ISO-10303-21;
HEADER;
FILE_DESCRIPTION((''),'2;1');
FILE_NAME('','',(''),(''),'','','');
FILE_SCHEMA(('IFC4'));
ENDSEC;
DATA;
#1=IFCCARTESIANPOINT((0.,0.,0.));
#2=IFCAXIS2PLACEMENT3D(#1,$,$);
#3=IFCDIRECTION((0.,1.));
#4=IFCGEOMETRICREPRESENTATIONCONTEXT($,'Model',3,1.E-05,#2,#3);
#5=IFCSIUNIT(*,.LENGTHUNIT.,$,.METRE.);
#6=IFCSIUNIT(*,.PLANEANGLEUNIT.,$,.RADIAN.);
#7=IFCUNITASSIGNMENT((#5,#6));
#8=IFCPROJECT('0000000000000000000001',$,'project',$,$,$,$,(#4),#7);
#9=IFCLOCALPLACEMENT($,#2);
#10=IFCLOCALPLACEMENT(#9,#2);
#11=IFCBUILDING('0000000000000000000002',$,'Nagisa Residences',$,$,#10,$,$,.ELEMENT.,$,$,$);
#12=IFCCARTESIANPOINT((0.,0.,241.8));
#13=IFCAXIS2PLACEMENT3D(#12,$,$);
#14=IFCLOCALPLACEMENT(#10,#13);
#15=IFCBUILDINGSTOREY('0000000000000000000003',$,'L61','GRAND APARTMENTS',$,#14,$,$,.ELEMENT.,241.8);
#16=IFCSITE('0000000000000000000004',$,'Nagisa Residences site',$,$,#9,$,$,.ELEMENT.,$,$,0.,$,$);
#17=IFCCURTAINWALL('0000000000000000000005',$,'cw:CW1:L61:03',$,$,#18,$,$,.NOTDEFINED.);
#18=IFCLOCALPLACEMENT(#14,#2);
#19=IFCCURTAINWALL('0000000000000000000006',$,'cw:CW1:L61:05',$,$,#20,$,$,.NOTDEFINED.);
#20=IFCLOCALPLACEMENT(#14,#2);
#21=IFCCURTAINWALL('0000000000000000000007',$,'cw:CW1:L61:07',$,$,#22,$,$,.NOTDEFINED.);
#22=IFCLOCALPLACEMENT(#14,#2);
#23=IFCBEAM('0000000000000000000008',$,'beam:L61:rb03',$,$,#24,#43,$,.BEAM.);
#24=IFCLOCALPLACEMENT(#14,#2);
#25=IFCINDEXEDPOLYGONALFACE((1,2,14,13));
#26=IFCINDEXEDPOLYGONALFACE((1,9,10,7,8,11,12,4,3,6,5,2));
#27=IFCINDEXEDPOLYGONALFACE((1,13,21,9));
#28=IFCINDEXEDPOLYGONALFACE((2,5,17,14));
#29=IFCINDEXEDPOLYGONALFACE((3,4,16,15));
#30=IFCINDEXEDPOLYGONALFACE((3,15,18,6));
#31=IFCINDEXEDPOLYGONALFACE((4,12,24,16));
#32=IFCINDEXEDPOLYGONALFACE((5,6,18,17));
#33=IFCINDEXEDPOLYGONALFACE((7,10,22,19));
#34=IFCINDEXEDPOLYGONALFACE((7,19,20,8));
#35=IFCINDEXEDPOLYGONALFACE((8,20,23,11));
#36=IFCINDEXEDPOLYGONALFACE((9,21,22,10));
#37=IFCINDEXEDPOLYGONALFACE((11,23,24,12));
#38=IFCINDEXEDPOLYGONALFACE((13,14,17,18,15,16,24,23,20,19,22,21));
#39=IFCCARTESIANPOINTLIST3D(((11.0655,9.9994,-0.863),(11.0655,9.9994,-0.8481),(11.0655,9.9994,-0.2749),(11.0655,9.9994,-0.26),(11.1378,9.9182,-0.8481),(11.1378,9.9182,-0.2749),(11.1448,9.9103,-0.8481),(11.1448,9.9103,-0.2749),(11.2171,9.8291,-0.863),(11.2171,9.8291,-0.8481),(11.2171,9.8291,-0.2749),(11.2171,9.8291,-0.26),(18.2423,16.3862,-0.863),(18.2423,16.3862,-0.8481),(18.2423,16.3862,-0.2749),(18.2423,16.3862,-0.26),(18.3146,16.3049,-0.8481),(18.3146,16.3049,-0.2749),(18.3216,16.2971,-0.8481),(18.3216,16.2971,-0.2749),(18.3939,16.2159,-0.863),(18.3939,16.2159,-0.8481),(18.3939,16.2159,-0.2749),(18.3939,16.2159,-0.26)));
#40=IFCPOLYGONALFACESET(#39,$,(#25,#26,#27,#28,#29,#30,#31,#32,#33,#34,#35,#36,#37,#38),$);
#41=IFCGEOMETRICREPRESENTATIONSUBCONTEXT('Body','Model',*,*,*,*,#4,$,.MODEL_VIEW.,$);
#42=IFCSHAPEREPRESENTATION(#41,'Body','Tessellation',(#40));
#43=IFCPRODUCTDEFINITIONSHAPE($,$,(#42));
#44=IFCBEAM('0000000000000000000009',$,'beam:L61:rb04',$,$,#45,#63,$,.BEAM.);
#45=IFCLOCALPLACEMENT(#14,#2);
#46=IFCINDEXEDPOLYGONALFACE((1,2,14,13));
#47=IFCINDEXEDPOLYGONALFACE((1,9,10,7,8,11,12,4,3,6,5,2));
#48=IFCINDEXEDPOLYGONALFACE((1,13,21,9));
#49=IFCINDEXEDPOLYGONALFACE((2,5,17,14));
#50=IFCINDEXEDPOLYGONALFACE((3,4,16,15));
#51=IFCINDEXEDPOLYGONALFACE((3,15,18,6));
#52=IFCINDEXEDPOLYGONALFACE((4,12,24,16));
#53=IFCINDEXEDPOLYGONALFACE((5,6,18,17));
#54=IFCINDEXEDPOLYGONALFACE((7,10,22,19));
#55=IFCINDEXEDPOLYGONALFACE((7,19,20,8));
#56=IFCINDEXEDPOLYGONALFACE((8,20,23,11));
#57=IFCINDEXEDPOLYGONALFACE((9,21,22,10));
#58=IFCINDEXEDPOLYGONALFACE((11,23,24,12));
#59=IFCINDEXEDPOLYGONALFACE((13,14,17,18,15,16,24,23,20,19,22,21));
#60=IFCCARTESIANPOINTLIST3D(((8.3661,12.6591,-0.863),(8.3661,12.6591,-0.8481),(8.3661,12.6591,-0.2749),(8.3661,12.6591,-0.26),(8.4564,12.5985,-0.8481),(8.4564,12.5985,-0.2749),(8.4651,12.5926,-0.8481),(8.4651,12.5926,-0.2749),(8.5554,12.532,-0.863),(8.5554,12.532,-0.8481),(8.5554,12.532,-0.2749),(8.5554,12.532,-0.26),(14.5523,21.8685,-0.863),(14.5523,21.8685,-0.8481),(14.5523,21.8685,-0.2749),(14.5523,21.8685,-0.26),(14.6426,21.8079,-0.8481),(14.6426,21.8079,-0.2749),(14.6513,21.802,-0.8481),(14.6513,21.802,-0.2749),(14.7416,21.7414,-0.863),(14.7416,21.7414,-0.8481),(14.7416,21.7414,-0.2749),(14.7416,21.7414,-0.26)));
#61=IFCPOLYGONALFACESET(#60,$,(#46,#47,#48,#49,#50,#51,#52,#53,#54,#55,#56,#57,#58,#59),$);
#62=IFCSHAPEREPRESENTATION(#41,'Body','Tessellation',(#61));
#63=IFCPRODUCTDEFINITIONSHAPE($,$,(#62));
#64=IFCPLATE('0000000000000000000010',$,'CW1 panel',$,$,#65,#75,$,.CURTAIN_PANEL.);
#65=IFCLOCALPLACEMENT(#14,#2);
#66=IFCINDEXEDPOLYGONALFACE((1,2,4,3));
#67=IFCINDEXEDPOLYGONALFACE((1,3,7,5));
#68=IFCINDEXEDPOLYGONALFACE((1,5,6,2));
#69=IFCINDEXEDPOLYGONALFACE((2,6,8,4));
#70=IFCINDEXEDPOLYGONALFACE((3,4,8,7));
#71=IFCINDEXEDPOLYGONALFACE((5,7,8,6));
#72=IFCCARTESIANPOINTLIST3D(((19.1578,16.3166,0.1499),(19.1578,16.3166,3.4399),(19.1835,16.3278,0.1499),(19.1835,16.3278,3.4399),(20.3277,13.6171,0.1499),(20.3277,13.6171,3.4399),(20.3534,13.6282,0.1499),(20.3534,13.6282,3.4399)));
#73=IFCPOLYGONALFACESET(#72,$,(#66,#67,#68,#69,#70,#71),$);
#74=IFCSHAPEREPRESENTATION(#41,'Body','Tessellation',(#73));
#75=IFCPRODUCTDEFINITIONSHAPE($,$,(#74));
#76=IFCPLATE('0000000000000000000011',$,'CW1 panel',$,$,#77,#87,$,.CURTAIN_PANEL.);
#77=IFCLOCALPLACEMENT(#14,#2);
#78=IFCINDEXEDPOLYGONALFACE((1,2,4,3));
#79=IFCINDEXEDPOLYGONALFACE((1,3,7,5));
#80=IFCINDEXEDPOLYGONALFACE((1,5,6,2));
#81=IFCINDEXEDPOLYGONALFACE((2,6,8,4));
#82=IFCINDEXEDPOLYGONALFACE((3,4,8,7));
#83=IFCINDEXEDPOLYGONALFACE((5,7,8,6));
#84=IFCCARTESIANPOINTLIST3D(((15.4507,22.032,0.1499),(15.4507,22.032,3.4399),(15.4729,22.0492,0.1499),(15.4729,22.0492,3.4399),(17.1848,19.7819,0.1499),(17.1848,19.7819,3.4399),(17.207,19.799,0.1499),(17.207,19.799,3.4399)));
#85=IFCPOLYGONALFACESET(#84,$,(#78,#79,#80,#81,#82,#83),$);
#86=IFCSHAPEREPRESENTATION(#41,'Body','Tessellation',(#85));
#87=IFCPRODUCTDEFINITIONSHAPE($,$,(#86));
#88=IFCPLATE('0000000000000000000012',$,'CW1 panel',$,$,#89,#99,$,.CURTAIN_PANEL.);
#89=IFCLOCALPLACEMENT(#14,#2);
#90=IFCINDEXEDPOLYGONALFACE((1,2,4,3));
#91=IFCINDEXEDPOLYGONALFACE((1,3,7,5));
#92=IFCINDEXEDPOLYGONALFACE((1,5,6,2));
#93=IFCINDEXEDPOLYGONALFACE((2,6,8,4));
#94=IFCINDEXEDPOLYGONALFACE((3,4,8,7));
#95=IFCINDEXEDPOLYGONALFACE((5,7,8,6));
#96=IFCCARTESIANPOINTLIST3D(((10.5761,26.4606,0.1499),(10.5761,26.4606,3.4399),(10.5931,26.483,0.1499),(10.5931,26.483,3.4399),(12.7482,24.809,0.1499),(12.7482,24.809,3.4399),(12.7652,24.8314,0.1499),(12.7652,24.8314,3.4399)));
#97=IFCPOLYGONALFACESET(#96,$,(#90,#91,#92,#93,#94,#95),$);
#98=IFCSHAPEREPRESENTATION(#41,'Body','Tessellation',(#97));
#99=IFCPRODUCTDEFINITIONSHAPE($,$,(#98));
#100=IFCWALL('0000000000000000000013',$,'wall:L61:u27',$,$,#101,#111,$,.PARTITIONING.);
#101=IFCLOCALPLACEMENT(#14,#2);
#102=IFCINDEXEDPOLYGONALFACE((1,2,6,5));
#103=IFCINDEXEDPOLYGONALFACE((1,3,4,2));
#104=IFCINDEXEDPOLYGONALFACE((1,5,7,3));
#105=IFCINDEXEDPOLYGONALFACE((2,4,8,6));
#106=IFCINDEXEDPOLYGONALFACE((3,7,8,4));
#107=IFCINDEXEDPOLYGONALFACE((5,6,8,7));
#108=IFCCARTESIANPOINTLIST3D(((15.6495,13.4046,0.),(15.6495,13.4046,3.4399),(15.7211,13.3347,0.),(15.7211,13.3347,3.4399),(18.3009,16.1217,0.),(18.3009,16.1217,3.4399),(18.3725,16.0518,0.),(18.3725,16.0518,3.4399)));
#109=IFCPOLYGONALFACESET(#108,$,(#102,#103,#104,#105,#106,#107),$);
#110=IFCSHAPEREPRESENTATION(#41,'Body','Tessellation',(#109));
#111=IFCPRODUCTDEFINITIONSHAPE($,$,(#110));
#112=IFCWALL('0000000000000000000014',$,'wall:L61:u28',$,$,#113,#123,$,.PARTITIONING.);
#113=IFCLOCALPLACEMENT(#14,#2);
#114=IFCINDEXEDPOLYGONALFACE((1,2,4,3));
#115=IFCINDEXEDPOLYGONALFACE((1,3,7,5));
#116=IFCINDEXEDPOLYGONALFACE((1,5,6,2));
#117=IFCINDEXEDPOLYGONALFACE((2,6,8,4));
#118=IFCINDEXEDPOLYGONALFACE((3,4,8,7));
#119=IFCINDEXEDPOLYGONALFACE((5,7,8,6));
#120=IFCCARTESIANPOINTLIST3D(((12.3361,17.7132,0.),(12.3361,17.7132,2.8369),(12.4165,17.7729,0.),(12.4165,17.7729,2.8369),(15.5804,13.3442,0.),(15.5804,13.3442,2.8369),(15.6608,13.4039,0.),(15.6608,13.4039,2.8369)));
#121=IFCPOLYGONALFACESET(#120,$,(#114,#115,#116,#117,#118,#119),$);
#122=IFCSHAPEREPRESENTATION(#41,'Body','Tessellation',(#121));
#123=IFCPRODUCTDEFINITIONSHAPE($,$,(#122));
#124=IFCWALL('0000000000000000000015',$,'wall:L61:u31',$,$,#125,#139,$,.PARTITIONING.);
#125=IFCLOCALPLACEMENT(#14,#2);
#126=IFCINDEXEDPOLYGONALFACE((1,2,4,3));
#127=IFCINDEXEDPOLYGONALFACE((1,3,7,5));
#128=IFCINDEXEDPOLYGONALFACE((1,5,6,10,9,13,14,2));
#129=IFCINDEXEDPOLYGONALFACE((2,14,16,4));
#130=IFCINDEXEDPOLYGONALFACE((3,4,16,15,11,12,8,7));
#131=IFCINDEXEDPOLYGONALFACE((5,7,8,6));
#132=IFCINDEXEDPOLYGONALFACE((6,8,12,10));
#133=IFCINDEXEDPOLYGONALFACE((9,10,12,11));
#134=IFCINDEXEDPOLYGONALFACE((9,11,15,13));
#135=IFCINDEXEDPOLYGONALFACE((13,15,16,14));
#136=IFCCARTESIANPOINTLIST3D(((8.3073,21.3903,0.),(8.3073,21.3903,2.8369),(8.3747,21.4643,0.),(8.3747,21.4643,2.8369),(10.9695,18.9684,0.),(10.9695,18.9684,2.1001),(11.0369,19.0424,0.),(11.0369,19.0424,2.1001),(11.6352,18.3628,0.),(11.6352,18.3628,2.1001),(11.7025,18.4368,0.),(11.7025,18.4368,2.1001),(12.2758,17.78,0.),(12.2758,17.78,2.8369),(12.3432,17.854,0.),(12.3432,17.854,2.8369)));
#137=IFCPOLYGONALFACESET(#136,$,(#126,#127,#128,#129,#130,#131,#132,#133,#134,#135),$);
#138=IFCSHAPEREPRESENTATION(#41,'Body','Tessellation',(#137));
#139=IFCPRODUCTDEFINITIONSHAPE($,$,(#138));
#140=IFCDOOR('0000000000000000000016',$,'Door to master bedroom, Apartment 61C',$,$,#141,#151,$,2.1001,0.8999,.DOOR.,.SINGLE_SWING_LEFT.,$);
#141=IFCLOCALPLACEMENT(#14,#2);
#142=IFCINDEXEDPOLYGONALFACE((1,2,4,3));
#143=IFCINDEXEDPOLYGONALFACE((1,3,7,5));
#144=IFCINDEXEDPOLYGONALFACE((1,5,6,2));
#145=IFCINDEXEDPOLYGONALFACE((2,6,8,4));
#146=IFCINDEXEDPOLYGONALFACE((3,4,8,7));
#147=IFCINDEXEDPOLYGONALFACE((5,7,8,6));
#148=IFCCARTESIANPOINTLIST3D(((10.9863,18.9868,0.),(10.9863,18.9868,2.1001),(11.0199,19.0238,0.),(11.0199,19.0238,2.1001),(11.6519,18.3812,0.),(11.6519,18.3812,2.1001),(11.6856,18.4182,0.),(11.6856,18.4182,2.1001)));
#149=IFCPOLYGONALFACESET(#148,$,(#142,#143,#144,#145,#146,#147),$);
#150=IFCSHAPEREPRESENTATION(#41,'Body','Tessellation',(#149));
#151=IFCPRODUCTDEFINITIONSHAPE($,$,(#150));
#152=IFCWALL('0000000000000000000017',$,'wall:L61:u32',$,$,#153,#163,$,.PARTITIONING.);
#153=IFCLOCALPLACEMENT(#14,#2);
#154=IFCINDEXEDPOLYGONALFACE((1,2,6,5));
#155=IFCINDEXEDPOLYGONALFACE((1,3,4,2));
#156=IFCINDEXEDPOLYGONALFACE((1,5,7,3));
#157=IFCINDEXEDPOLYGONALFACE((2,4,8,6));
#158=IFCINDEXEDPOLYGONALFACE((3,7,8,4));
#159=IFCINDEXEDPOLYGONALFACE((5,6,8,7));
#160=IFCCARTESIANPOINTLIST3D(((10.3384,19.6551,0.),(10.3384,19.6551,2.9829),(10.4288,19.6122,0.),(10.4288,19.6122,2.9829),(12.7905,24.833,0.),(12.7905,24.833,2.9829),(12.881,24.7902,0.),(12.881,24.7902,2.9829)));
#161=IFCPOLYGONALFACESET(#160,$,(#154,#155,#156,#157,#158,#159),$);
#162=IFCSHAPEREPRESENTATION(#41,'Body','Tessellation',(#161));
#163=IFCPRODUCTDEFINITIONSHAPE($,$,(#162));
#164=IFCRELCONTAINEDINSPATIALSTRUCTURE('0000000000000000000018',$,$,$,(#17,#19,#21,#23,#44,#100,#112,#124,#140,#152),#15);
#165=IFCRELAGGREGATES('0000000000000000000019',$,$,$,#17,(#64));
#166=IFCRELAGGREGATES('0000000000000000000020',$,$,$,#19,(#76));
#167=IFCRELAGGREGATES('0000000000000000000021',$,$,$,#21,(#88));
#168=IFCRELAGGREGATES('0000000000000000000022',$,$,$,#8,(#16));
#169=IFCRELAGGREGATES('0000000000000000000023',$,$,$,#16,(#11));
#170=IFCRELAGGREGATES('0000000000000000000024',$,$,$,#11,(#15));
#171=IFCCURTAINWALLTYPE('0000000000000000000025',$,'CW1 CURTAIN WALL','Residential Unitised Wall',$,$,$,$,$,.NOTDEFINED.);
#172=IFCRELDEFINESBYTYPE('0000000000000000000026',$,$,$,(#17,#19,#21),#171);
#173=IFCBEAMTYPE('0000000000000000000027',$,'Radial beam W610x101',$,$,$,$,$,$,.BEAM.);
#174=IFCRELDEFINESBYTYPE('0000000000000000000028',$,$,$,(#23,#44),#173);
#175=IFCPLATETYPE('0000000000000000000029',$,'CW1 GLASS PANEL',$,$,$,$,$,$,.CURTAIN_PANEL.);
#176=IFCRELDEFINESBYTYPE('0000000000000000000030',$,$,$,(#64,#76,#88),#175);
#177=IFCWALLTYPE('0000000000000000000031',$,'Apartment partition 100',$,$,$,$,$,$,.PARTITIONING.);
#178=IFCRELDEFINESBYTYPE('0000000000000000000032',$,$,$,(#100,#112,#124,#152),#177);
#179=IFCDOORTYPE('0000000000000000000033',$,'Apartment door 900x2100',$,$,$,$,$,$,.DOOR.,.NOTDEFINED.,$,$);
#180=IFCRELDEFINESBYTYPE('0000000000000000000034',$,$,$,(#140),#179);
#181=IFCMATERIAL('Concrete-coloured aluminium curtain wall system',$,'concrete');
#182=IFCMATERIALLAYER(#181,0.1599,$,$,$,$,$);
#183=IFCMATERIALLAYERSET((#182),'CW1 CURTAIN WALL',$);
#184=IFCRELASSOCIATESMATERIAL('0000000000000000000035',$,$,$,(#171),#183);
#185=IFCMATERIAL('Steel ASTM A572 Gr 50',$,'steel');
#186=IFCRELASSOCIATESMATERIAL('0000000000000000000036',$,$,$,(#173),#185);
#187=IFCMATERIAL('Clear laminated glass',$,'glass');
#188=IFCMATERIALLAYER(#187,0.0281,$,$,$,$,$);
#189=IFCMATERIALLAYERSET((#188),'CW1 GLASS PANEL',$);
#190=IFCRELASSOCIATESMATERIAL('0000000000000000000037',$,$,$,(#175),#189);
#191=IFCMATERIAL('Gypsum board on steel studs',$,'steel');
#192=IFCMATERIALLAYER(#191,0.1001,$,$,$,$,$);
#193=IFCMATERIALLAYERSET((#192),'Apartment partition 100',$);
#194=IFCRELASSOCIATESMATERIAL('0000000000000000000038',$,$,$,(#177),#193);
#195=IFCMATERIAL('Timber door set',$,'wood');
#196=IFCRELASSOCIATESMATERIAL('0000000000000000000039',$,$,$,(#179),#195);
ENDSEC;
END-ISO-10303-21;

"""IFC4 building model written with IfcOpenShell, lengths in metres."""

from ifc_helpers import new_model, si_unit, direction, frame, frame_2d, origin, origin_2d, place, context, subcontext, project, spatial, rectangle, i_section, extrude, material, layer, layer_set, material_profile, profile_set, type_object, element, fill, aggregate, save


model = new_model("IFC4")

# Units and contexts
model_context = context("Model", 3, precision=1e-05, world=origin(), true_north=direction((0.0, 1.0)))
body_context = subcontext(model_context, "Body", "Model", "MODEL_VIEW")
ifc_project = project(units=[si_unit("LENGTHUNIT", "METRE"), si_unit("PLANEANGLEUNIT", "RADIAN")], contexts=[model_context])

# Site, building, storey
site_placement = place(None, origin())
site = spatial("IfcSite", under=ifc_project, at=site_placement, Name="Nagisa Residences site", CompositionType="ELEMENT", RefElevation=0.0)
building_placement = place(site_placement, origin())
building = spatial("IfcBuilding", under=site, at=building_placement, Name="Nagisa Residences", CompositionType="ELEMENT")
storey_placement = place(building_placement, frame((0.0, 0.0, 241.8)))
storey = spatial("IfcBuildingStorey", under=building, at=storey_placement, Name="L61", Description="GRAND APARTMENTS", CompositionType="ELEMENT", Elevation=241.8)

# Curtain walls
ifc_material_1 = material(Name="Concrete-coloured aluminium curtain wall system", Category="concrete")
ifc_layer_1 = layer(ifc_material_1, 0.1599)
ifc_layer_set_1 = layer_set([ifc_layer_1], Name="CW1 CURTAIN WALL")
curtain_wall_type = type_object("IfcCurtainWallType", Name="CW1 CURTAIN WALL", Description="Residential Unitised Wall", PredefinedType="NOTDEFINED", material=ifc_layer_set_1)
curtain_wall_1_placement = place(storey_placement, origin())
curtain_wall_1 = element("IfcCurtainWall", 1, at=curtain_wall_1_placement, inside=storey, type_object=curtain_wall_type, Name="cw:CW1:L61:03", PredefinedType="NOTDEFINED")
curtain_wall_2_placement = place(storey_placement, origin())
curtain_wall_2 = element("IfcCurtainWall", 2, at=curtain_wall_2_placement, inside=storey, type_object=curtain_wall_type, Name="cw:CW1:L61:05", PredefinedType="NOTDEFINED")
curtain_wall_3_placement = place(storey_placement, origin())
curtain_wall_3 = element("IfcCurtainWall", 3, at=curtain_wall_3_placement, inside=storey, type_object=curtain_wall_type, Name="cw:CW1:L61:07", PredefinedType="NOTDEFINED")

# Beams
ifc_material_2 = material(Name="Steel ASTM A572 Gr 50", Category="steel")
ifc_material_profile_1 = material_profile(ifc_material_2, i_section(OverallWidth=0.228, OverallDepth=0.603, WebThickness=0.0105, FlangeThickness=0.0149, at=origin_2d()), Name="W610x101")
ifc_profile_set_1 = profile_set([ifc_material_profile_1], Name="Steel ASTM A572 Gr 50")
beam_type_1 = type_object("IfcBeamType", Name="Radial beam W610x101", PredefinedType="BEAM", material=ifc_profile_set_1)
beam_1_placement = place(storey_placement, frame((18.3181, 16.301, -0.5615), z_axis=(-0.747028, -0.664793, 0.0), x_axis=(0.664793, -0.747028, 0.0)))
element("IfcBeam", 4, at=beam_1_placement, inside=storey, type_object=beam_type_1, Name="beam:L61:rb03", PredefinedType="BEAM", context=body_context, shape_type="SweptSolid", body=[
    extrude(i_section(OverallWidth=0.228, OverallDepth=0.603, WebThickness=0.0105, FlangeThickness=0.0149, at=origin_2d()), origin(), (0.0, 0.0, 1.0), 9.6072),
])
beam_2_placement = place(storey_placement, frame((14.647, 21.8049, -0.5615), z_axis=(-0.557607, -0.830105, 0.0), x_axis=(0.830105, -0.557607, 0.0)))
element("IfcBeam", 5, at=beam_2_placement, inside=storey, type_object=beam_type_1, Name="beam:L61:rb04", PredefinedType="BEAM", context=body_context, shape_type="SweptSolid", body=[
    extrude(i_section(OverallWidth=0.228, OverallDepth=0.603, WebThickness=0.0105, FlangeThickness=0.0149, at=origin_2d()), origin(), (0.0, 0.0, 1.0), 11.0942),
])

# Plates
ifc_material_3 = material(Name="Clear laminated glass", Category="glass")
ifc_layer_2 = layer(ifc_material_3, 0.0281)
ifc_layer_set_2 = layer_set([ifc_layer_2], Name="CW1 GLASS PANEL")
plate_type = type_object("IfcPlateType", Name="CW1 GLASS PANEL", PredefinedType="CURTAIN_PANEL", material=ifc_layer_set_2)
plate_1_placement = place(storey_placement, frame((19.7556, 14.9724, 0.1499), z_axis=(0.0, 0.0, 1.0), x_axis=(-0.397636, 0.917543, 0.0)))
plate_1 = element("IfcPlate", 6, at=plate_1_placement, type_object=plate_type, Name="CW1 panel", PredefinedType="CURTAIN_PANEL", context=body_context, shape_type="SweptSolid", body=[
    extrude(rectangle(XDim=2.9421, YDim=0.0281, at=origin_2d()), origin(), (0.0, 0.0, 1.0), 3.29),
])
aggregate(curtain_wall_1, [plate_1])
plate_2_placement = place(storey_placement, frame((16.3289, 20.9155, 0.1499), z_axis=(0.0, 0.0, 1.0), x_axis=(-0.61043, 0.79207, 0.0)))
plate_2 = element("IfcPlate", 7, at=plate_2_placement, type_object=plate_type, Name="CW1 panel", PredefinedType="CURTAIN_PANEL", context=body_context, shape_type="SweptSolid", body=[
    extrude(rectangle(XDim=2.8408, YDim=0.0281, at=origin_2d()), origin(), (0.0, 0.0, 1.0), 3.29),
])
aggregate(curtain_wall_2, [plate_2])
plate_3_placement = place(storey_placement, frame((11.6707, 25.646, 0.1499), z_axis=(0.0, 0.0, 1.0), x_axis=(-0.796031, 0.605255, 0.0)))
plate_3 = element("IfcPlate", 8, at=plate_3_placement, type_object=plate_type, Name="CW1 panel", PredefinedType="CURTAIN_PANEL", context=body_context, shape_type="SweptSolid", body=[
    extrude(rectangle(XDim=2.7288, YDim=0.0281, at=origin_2d()), origin(), (0.0, 0.0, 1.0), 3.29),
])
aggregate(curtain_wall_3, [plate_3])

# Walls
ifc_material_4 = material(Name="Gypsum board on steel studs", Category="steel")
ifc_layer_3 = layer(ifc_material_4, 0.1001)
ifc_layer_set_3 = layer_set([ifc_layer_3], Name="Apartment partition 100")
wall_type_1 = type_object("IfcWallType", Name="Apartment partition 100", PredefinedType="PARTITIONING", material=ifc_layer_set_3)
wall_1_placement = place(storey_placement, frame((15.6853, 13.3696, 0.0), z_axis=(0.0, 0.0, 1.0), x_axis=(0.698404, 0.715704, 0.0)))
element("IfcWall", 9, at=wall_1_placement, inside=storey, type_object=wall_type_1, Name="wall:L61:u27", PredefinedType="PARTITIONING", context=body_context, shape_type="SweptSolid", body=[
    extrude(rectangle(XDim=3.7964, YDim=0.1001, at=frame_2d((1.8982, 0.0))), origin(), (0.0, 0.0, 1.0), 3.4399),
])
wall_2_placement = place(storey_placement, frame((15.6206, 13.374, 0.0), z_axis=(0.0, 0.0, 1.0), x_axis=(-0.596174, 0.802855, 0.0)))
element("IfcWall", 10, at=wall_2_placement, inside=storey, type_object=wall_type_1, Name="wall:L61:u28", PredefinedType="PARTITIONING", context=body_context, shape_type="SweptSolid", body=[
    extrude(rectangle(XDim=5.4419, YDim=0.1001, at=frame_2d((2.7209, 0.0))), origin(), (0.0, 0.0, 1.0), 2.8369),
])

# Wall, opening, door
wall_3_placement = place(storey_placement, frame((12.3096, 17.8169, 0.0), z_axis=(0.0, 0.0, 1.0), x_axis=(-0.739697, 0.67294, 0.0)))
wall_3 = element("IfcWall", 11, at=wall_3_placement, inside=storey, type_object=wall_type_1, Name="wall:L61:u31", PredefinedType="PARTITIONING", context=body_context, shape_type="SweptSolid", body=[
    extrude(rectangle(XDim=5.365, YDim=0.1001, at=frame_2d((2.6826, 0.0))), origin(), (0.0, 0.0, 1.0), 2.8369),
])
opening_1_placement = place(wall_3_placement, frame((0.8662, 0.0, 0.0)))
opening_1 = element("IfcOpeningElement", 12, at=opening_1_placement, cuts=wall_3, PredefinedType="OPENING", context=body_context, shape_type="SweptSolid", body=[
    extrude(rectangle(XDim=0.8999, YDim=2.1001, at=frame_2d((0.45, 1.05))), frame((0.0, 0.0601, 0.0), z_axis=(0.0, -1.0, 0.0), x_axis=(1.0, 0.0, 0.0)), (0.0, 0.0, 1.0), 0.1201),
])
ifc_material_5 = material(Name="Timber door set", Category="wood")
door_type_1 = type_object("IfcDoorType", Name="Apartment door 900x2100", OperationType="NOTDEFINED", PredefinedType="DOOR", material=ifc_material_5)
door_1_placement = place(opening_1_placement, frame((0.8999, 0.0, 0.0), x_axis=(-1.0, 0.0, 0.0)))
door_1 = element("IfcDoor", 13, at=door_1_placement, inside=storey, type_object=door_type_1, Name="Door to master bedroom, Apartment 61C", OperationType="SINGLE_SWING_LEFT", OverallHeight=2.1001, OverallWidth=0.8999, PredefinedType="DOOR", context=body_context, shape_type="SweptSolid", body=[
    extrude(rectangle(XDim=0.8999, YDim=2.1001, at=frame_2d((0.45, 1.05))), frame((0.0, 0.0249, 0.0), z_axis=(0.0, -1.0, 0.0), x_axis=(1.0, 0.0, 0.0)), (0.0, 0.0, 1.0), 0.05),
])
fill(opening_1, door_1)

# Wall
wall_4_placement = place(storey_placement, frame((10.3835, 19.6335, 0.0), z_axis=(0.0, 0.0, 1.0), x_axis=(0.428004, 0.903777, 0.0)))
element("IfcWall", 14, at=wall_4_placement, inside=storey, type_object=wall_type_1, Name="wall:L61:u32", PredefinedType="PARTITIONING", context=body_context, shape_type="SweptSolid", body=[
    extrude(rectangle(XDim=5.7292, YDim=0.1001, at=frame_2d((2.8647, 0.0))), origin(), (0.0, 0.0, 1.0), 2.9829),
])

save(model, "model.ifc")
